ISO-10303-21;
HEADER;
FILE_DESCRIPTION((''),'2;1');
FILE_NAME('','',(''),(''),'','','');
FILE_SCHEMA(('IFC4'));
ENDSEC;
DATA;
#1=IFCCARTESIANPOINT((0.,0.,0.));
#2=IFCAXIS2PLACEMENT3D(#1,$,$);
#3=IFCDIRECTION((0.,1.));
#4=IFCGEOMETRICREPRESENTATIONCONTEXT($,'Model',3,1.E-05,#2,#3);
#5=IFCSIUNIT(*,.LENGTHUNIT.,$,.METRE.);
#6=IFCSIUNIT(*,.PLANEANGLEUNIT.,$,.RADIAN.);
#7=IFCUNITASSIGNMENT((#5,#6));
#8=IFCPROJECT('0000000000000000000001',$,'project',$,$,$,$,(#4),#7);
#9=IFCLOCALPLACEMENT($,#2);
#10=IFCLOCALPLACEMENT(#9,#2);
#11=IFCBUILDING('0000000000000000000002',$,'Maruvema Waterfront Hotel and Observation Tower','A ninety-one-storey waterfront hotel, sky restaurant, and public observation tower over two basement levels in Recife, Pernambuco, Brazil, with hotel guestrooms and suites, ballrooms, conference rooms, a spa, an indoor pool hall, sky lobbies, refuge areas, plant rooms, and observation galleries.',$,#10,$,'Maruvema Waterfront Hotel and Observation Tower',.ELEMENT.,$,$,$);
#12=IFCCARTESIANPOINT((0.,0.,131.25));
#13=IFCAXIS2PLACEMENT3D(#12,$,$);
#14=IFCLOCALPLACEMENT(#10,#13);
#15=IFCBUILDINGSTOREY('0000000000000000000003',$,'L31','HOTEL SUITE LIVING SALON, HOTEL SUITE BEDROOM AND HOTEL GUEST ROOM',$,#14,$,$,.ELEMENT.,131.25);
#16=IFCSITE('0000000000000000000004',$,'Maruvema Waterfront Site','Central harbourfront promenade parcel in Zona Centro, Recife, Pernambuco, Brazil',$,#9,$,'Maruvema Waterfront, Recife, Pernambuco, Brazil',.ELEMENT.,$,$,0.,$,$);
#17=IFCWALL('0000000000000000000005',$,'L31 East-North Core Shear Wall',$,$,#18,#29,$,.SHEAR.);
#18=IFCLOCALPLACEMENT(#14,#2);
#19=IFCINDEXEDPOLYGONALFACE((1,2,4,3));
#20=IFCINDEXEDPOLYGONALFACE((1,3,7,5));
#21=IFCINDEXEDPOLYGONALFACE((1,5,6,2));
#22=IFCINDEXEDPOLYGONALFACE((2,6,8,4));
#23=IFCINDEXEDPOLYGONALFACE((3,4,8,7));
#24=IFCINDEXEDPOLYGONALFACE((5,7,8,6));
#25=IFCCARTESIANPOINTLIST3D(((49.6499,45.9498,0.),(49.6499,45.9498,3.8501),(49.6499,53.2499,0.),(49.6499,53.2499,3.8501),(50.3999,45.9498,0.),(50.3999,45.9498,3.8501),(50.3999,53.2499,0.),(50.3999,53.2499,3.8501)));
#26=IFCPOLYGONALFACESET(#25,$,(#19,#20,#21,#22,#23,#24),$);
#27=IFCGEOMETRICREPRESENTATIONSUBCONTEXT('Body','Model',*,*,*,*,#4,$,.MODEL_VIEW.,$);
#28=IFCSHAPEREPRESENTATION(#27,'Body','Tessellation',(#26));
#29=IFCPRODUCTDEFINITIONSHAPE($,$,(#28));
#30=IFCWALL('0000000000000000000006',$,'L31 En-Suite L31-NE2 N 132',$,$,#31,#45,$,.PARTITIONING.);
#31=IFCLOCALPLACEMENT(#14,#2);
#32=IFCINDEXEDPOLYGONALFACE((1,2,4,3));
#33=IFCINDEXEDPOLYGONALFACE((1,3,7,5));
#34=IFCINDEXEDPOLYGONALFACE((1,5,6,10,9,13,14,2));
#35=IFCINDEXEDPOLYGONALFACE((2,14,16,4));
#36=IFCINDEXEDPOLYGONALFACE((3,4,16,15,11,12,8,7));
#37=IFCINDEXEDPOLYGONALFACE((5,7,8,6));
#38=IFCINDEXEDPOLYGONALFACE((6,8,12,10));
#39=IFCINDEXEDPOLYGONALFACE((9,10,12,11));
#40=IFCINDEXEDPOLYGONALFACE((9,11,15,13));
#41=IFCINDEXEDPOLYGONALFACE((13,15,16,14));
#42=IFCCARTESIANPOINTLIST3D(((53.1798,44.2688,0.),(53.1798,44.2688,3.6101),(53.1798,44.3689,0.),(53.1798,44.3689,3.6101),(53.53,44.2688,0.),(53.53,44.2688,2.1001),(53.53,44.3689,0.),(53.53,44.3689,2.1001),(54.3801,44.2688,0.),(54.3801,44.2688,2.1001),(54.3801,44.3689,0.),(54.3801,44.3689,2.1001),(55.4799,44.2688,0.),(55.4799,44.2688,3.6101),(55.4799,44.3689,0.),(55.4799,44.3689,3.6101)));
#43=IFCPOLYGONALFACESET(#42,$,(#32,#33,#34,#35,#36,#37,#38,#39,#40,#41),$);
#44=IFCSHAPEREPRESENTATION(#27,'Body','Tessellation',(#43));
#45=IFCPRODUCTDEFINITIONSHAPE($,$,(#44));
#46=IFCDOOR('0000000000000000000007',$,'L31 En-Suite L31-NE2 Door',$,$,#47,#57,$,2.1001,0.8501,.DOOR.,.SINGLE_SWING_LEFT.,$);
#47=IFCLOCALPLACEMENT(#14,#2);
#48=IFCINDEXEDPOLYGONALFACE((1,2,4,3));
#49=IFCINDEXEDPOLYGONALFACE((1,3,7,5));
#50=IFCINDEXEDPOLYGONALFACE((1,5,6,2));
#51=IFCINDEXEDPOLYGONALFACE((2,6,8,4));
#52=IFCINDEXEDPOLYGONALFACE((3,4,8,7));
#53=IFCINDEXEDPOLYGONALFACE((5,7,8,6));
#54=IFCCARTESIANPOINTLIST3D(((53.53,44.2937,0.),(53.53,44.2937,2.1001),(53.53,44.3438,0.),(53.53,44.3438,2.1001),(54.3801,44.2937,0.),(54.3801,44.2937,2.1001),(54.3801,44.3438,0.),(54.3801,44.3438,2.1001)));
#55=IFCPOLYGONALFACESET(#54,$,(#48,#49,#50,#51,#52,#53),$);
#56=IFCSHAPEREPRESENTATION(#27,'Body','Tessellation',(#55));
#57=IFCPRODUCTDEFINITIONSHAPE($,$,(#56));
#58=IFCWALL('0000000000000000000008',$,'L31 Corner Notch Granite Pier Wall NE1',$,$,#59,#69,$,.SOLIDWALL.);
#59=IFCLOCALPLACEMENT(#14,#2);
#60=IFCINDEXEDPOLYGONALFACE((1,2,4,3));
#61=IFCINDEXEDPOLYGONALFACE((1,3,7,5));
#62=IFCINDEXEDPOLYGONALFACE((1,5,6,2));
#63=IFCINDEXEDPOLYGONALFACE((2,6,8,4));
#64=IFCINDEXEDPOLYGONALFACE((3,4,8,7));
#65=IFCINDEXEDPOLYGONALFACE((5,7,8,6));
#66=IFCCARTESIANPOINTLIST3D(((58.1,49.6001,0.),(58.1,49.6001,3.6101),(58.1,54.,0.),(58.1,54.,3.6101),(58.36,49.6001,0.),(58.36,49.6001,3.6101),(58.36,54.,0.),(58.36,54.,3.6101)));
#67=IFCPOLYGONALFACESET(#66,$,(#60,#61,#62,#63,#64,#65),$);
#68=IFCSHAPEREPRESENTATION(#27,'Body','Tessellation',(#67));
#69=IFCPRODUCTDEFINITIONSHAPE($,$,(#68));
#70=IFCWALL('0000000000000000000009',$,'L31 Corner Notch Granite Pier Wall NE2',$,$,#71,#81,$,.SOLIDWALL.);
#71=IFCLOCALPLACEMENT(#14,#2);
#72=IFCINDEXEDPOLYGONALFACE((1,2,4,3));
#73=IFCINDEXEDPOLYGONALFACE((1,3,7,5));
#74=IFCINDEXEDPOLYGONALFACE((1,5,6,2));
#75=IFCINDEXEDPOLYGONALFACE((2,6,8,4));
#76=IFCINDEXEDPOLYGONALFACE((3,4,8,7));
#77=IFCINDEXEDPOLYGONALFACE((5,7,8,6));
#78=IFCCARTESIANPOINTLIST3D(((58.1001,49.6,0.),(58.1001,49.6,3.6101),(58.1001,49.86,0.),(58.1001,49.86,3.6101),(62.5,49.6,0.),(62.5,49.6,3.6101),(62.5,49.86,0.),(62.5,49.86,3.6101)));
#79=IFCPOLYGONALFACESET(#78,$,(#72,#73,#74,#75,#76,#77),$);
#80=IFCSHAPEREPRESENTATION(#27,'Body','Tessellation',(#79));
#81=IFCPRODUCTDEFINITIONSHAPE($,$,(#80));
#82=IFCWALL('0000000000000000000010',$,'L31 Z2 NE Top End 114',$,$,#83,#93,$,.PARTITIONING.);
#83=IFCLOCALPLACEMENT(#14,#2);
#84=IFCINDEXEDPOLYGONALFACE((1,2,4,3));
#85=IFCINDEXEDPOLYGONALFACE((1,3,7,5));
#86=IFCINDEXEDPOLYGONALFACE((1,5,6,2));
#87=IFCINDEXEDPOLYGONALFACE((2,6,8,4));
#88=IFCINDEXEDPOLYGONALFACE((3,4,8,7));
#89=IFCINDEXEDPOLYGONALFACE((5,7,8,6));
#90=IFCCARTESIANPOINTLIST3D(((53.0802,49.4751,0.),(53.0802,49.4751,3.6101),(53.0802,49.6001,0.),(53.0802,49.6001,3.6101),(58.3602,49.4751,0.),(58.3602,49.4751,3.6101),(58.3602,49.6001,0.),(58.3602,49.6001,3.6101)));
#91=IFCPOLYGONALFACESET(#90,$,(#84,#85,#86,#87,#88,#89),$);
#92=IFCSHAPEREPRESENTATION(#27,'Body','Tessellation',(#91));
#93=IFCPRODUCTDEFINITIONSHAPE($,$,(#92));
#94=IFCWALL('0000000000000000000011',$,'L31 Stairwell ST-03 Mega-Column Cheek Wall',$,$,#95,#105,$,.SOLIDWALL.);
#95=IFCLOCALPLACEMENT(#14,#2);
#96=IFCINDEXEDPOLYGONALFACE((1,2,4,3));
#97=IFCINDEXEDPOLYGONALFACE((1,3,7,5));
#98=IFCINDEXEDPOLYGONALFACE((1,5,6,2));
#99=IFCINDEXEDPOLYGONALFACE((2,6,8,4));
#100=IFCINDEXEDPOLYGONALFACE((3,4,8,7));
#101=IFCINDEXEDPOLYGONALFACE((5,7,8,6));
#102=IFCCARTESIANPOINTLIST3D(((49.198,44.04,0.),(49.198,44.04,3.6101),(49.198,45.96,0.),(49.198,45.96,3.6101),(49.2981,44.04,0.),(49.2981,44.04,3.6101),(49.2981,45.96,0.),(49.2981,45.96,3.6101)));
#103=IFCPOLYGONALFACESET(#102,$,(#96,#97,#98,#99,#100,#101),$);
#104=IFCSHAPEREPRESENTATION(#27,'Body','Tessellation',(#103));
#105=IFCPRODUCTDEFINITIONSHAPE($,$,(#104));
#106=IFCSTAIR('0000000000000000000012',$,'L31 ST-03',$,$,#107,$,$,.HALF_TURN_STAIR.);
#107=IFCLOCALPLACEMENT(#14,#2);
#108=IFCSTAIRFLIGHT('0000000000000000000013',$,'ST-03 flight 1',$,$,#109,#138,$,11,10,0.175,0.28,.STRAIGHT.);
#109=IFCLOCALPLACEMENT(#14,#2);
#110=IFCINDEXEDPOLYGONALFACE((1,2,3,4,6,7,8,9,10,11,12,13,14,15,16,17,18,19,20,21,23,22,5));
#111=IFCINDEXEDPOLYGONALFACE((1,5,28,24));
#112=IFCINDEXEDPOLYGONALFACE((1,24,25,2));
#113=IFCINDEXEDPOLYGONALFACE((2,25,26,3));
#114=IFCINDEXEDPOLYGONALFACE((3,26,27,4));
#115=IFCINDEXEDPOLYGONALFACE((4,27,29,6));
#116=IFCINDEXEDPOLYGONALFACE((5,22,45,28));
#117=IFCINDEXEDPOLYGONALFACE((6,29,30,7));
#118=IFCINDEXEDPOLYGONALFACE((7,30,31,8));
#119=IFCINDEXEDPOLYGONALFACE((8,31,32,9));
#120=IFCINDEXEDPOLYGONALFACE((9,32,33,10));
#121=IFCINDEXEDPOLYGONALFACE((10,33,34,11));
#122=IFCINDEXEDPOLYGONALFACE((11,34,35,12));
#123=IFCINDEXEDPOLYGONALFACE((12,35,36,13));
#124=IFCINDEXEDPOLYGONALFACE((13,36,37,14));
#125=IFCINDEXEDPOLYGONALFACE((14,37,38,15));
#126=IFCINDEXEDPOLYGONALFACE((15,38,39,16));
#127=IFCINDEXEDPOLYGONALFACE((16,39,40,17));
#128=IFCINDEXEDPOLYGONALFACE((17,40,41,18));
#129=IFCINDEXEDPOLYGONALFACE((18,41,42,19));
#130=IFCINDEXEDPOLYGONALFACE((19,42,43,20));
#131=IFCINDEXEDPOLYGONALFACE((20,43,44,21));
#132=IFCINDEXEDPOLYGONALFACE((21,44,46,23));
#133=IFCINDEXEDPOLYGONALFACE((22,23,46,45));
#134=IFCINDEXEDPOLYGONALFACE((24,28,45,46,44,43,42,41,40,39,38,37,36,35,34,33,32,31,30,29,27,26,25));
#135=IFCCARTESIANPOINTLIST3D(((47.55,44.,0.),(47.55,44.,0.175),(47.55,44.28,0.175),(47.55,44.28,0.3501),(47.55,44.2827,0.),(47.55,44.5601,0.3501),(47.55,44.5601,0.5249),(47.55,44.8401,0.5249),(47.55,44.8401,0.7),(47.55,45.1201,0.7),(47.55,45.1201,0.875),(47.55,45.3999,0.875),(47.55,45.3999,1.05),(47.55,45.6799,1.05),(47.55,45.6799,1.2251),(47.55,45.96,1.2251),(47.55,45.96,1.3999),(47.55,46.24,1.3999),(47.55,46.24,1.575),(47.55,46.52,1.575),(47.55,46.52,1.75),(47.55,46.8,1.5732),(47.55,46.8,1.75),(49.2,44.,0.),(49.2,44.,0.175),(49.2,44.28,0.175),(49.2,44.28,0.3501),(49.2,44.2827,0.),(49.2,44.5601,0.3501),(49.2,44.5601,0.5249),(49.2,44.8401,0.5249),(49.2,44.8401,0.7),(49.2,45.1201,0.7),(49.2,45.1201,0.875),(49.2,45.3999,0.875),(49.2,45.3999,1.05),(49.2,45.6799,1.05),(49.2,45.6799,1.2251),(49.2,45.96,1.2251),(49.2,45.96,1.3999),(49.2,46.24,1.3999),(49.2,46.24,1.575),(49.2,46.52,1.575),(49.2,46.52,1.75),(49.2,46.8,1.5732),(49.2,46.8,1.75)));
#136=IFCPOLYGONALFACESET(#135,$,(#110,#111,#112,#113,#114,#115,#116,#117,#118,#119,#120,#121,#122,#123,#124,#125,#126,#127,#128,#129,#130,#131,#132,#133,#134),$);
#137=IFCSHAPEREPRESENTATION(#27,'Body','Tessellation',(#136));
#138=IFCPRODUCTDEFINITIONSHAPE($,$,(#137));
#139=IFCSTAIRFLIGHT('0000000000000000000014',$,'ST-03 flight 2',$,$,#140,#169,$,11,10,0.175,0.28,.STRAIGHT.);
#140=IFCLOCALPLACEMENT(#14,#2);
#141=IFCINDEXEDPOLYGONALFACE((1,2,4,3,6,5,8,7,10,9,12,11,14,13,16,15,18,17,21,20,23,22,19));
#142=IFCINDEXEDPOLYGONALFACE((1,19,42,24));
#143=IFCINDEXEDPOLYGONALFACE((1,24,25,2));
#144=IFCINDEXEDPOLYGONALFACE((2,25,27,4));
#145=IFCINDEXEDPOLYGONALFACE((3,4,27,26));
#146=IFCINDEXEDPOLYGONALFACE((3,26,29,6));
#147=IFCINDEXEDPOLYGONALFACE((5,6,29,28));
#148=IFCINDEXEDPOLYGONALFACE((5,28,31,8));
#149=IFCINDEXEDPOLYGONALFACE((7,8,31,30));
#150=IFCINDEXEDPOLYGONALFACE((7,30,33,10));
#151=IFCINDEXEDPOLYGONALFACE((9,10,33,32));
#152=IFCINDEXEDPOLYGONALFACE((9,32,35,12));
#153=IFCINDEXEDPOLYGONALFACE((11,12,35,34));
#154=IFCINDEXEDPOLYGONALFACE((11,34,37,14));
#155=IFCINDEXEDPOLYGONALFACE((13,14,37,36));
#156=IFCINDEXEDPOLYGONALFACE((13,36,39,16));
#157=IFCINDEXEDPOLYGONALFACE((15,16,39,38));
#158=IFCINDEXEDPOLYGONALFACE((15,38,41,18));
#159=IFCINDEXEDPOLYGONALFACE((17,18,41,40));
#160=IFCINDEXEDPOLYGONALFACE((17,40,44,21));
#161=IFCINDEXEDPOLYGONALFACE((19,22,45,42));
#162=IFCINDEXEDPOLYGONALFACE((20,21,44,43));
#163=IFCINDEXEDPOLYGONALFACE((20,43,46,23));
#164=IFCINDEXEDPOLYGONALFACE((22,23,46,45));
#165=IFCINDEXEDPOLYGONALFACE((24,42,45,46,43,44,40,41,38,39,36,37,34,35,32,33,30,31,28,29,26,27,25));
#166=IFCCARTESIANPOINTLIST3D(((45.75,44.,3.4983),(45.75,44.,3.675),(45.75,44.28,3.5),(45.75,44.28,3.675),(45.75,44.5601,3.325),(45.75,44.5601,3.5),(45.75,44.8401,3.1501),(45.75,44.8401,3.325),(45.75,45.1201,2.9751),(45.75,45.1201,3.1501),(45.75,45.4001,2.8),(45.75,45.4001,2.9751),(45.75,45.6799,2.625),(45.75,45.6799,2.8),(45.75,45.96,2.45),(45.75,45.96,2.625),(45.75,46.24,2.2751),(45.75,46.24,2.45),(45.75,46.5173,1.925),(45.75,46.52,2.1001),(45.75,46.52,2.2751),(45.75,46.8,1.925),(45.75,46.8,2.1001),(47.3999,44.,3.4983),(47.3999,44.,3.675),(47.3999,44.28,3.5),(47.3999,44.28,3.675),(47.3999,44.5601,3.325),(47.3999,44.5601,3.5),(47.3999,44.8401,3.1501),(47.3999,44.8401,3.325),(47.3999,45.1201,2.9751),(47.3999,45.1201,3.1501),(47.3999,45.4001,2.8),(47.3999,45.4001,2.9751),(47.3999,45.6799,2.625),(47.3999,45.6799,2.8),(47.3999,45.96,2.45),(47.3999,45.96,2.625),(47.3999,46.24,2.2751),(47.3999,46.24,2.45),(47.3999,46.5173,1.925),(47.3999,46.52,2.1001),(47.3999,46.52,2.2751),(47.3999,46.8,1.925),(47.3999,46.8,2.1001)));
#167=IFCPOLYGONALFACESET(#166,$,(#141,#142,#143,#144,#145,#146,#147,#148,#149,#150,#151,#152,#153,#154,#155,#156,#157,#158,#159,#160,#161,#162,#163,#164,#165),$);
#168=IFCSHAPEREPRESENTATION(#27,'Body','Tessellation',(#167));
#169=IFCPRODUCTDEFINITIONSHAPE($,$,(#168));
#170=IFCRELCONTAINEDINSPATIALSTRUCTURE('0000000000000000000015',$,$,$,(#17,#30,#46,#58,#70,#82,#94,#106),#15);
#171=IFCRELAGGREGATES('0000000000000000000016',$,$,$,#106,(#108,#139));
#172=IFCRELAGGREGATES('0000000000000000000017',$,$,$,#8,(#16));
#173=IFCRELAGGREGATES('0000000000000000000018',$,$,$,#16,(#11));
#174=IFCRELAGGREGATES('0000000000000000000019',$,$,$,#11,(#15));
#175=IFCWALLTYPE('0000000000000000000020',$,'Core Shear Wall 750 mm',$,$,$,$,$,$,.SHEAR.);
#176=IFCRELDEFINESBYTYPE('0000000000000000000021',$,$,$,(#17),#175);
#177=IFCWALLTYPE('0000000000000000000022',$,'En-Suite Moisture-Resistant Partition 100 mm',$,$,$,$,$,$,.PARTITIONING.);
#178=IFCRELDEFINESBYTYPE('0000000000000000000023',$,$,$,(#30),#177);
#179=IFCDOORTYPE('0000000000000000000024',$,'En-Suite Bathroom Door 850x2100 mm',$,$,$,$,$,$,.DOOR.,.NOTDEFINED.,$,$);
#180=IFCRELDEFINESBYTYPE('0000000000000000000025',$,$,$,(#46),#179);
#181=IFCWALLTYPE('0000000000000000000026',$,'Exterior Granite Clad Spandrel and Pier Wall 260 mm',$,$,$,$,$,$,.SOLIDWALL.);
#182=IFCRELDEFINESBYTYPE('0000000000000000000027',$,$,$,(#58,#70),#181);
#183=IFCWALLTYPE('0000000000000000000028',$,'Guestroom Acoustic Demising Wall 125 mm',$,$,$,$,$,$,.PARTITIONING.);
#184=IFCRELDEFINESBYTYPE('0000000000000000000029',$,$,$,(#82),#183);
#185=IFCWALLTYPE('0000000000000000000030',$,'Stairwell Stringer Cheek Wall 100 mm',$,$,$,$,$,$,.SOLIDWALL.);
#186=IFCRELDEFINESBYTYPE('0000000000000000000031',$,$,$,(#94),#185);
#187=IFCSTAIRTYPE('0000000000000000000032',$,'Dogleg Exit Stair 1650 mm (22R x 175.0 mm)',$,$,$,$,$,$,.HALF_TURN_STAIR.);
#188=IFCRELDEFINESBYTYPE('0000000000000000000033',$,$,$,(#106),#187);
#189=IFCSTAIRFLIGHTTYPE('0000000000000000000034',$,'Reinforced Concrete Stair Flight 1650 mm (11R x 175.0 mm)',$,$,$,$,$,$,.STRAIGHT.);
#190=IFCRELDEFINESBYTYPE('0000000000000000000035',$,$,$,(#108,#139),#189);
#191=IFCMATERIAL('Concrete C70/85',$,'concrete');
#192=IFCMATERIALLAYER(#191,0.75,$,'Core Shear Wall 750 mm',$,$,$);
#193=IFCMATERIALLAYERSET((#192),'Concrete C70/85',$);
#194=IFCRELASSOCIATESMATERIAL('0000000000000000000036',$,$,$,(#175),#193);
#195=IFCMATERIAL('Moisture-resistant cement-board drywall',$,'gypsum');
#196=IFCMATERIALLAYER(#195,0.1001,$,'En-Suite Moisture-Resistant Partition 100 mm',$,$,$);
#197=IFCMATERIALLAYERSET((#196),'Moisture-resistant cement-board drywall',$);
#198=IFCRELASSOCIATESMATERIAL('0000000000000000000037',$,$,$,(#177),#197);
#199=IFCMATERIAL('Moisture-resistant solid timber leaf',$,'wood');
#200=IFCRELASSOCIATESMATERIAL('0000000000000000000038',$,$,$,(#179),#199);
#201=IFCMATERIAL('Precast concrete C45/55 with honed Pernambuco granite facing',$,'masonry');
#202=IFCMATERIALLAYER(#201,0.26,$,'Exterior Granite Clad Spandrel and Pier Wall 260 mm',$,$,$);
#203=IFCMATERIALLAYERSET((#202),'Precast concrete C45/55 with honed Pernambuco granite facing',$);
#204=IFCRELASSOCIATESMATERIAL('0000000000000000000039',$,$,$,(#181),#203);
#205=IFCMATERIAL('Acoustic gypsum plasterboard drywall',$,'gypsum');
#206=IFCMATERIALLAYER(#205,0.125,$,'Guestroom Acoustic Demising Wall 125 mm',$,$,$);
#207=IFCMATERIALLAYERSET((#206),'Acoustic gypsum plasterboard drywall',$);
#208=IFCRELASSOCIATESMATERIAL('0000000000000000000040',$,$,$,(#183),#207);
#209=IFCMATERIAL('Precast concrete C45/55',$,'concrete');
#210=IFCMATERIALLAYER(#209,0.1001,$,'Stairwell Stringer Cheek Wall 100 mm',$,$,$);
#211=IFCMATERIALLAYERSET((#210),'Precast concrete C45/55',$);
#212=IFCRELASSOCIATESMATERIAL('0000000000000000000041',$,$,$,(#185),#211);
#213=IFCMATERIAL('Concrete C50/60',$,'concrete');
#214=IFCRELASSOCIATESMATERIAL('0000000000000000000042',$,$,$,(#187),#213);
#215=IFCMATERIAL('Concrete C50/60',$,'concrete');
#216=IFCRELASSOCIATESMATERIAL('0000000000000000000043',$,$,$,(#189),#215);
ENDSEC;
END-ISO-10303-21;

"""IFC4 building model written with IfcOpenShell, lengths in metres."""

from ifc_helpers import new_model, si_unit, direction, frame, frame_2d, origin, place, context, subcontext, project, spatial, polyline, rectangle, outline, extrude, material, layer, layer_set, type_object, element, fill, aggregate, save


model = new_model("IFC4")

# Units and contexts
model_context = context("Model", 3, precision=1e-05, world=origin(), true_north=direction((0.0, 1.0)))
body_context = subcontext(model_context, "Body", "Model", "MODEL_VIEW")
ifc_project = project(units=[si_unit("LENGTHUNIT", "METRE"), si_unit("PLANEANGLEUNIT", "RADIAN")], contexts=[model_context])

# Site, building, storey
site_placement = place(None, origin())
site = spatial("IfcSite", under=ifc_project, at=site_placement, Name="Maruvema Waterfront Site", Description="Central harbourfront promenade parcel in Zona Centro, Recife, Pernambuco, Brazil", LongName="Maruvema Waterfront, Recife, Pernambuco, Brazil", CompositionType="ELEMENT", RefElevation=0.0)
building_placement = place(site_placement, origin())
building = spatial("IfcBuilding", under=site, at=building_placement, Name="Maruvema Waterfront Hotel and Observation Tower", Description="A ninety-one-storey waterfront hotel, sky restaurant, and public observation tower over two basement levels in Recife, Pernambuco, Brazil, with hotel guestrooms and suites, ballrooms, conference rooms, a spa, an indoor pool hall, sky lobbies, refuge areas, plant rooms, and observation galleries.", LongName="Maruvema Waterfront Hotel and Observation Tower", CompositionType="ELEMENT")
storey_placement = place(building_placement, frame((0.0, 0.0, 131.25)))
storey = spatial("IfcBuildingStorey", under=building, at=storey_placement, Name="L31", Description="HOTEL SUITE LIVING SALON, HOTEL SUITE BEDROOM AND HOTEL GUEST ROOM", CompositionType="ELEMENT", Elevation=131.25)

# Wall
ifc_material_1 = material(Name="Concrete C70/85", Category="concrete")
ifc_layer_1 = layer(ifc_material_1, 0.75, Name="Core Shear Wall 750 mm")
ifc_layer_set_1 = layer_set([ifc_layer_1], Name="Concrete C70/85")
wall_type_1 = type_object("IfcWallType", Name="Core Shear Wall 750 mm", PredefinedType="SHEAR", material=ifc_layer_set_1)
wall_1_placement = place(storey_placement, frame((50.0249, 45.95, 0.0), z_axis=(0.0, 0.0, 1.0), x_axis=(0.0, 1.0, 0.0)))
element("IfcWall", 1, at=wall_1_placement, inside=storey, type_object=wall_type_1, Name="L31 East-North Core Shear Wall", PredefinedType="SHEAR", context=body_context, shape_type="SweptSolid", body=[
    extrude(rectangle(XDim=7.3, YDim=0.75, at=frame_2d((3.6499, 0.0))), origin(), (0.0, 0.0, 1.0), 3.8501),
])

# Wall, opening, door
ifc_material_2 = material(Name="Moisture-resistant cement-board drywall", Category="gypsum")
ifc_layer_2 = layer(ifc_material_2, 0.1001, Name="En-Suite Moisture-Resistant Partition 100 mm")
ifc_layer_set_2 = layer_set([ifc_layer_2], Name="Moisture-resistant cement-board drywall")
wall_type_2 = type_object("IfcWallType", Name="En-Suite Moisture-Resistant Partition 100 mm", PredefinedType="PARTITIONING", material=ifc_layer_set_2)
wall_2_placement = place(storey_placement, frame((53.1799, 44.3188, 0.0), z_axis=(0.0, 0.0, 1.0), x_axis=(1.0, 0.0, 0.0)))
wall_2 = element("IfcWall", 2, at=wall_2_placement, inside=storey, type_object=wall_type_2, Name="L31 En-Suite L31-NE2 N 132", PredefinedType="PARTITIONING", context=body_context, shape_type="SweptSolid", body=[
    extrude(rectangle(XDim=2.3, YDim=0.1001, at=frame_2d((1.1499, 0.0))), origin(), (0.0, 0.0, 1.0), 3.6101),
])
opening_1_placement = place(wall_2_placement, frame((0.3501, 0.0, 0.0)))
opening_1 = element("IfcOpeningElement", 3, at=opening_1_placement, cuts=wall_2, PredefinedType="OPENING", context=body_context, shape_type="SweptSolid", body=[
    extrude(rectangle(XDim=0.8501, YDim=2.1001, at=frame_2d((0.425, 1.05))), frame((0.0, 0.0601, 0.0), z_axis=(0.0, -1.0, 0.0), x_axis=(1.0, 0.0, 0.0)), (0.0, 0.0, 1.0), 0.1201),
])
ifc_material_3 = material(Name="Moisture-resistant solid timber leaf", Category="wood")
door_type_1 = type_object("IfcDoorType", Name="En-Suite Bathroom Door 850x2100 mm", OperationType="NOTDEFINED", PredefinedType="DOOR", material=ifc_material_3)
door_1_placement = place(opening_1_placement, origin())
door_1 = element("IfcDoor", 4, at=door_1_placement, inside=storey, type_object=door_type_1, Name="L31 En-Suite L31-NE2 Door", OperationType="SINGLE_SWING_LEFT", OverallHeight=2.1001, OverallWidth=0.8501, PredefinedType="DOOR", context=body_context, shape_type="SweptSolid", body=[
    extrude(rectangle(XDim=0.8501, YDim=2.1001, at=frame_2d((0.425, 1.05))), frame((0.0, 0.0249, 0.0), z_axis=(0.0, -1.0, 0.0), x_axis=(1.0, 0.0, 0.0)), (0.0, 0.0, 1.0), 0.05),
])
fill(opening_1, door_1)

# Walls
ifc_material_4 = material(Name="Precast concrete C45/55 with honed Pernambuco granite facing", Category="masonry")
ifc_layer_3 = layer(ifc_material_4, 0.26, Name="Exterior Granite Clad Spandrel and Pier Wall 260 mm")
ifc_layer_set_3 = layer_set([ifc_layer_3], Name="Precast concrete C45/55 with honed Pernambuco granite facing")
wall_type_3 = type_object("IfcWallType", Name="Exterior Granite Clad Spandrel and Pier Wall 260 mm", PredefinedType="SOLIDWALL", material=ifc_layer_set_3)
for number, where, z_axis, x_axis, name in (
    (5, (58.23, 54.0, 0.0), (0.0, 0.0, 1.0), (0.0, -1.0, 0.0), "L31 Corner Notch Granite Pier Wall NE1"),
    (6, (58.1001, 49.73, 0.0), (0.0, 0.0, 1.0), (1.0, 0.0, 0.0), "L31 Corner Notch Granite Pier Wall NE2"),
):
    element("IfcWall", number, at=place(storey_placement, frame(where, z_axis=z_axis, x_axis=x_axis)), inside=storey, type_object=wall_type_3, Name=name, PredefinedType="SOLIDWALL", context=body_context, shape_type="SweptSolid", body=[
        extrude(rectangle(XDim=4.3999, YDim=0.26, at=frame_2d((2.2, 0.0))), origin(), (0.0, 0.0, 1.0), 3.6101),
    ])
ifc_material_5 = material(Name="Acoustic gypsum plasterboard drywall", Category="gypsum")
ifc_layer_4 = layer(ifc_material_5, 0.125, Name="Guestroom Acoustic Demising Wall 125 mm")
ifc_layer_set_4 = layer_set([ifc_layer_4], Name="Acoustic gypsum plasterboard drywall")
wall_type_4 = type_object("IfcWallType", Name="Guestroom Acoustic Demising Wall 125 mm", PredefinedType="PARTITIONING", material=ifc_layer_set_4)
wall_3_placement = place(storey_placement, frame((53.0801, 49.5376, 0.0), z_axis=(0.0, 0.0, 1.0), x_axis=(1.0, 0.0, 0.0)))
element("IfcWall", 7, at=wall_3_placement, inside=storey, type_object=wall_type_4, Name="L31 Z2 NE Top End 114", PredefinedType="PARTITIONING", context=body_context, shape_type="SweptSolid", body=[
    extrude(rectangle(XDim=5.28, YDim=0.125, at=frame_2d((2.6401, 0.0))), origin(), (0.0, 0.0, 1.0), 3.6101),
])
ifc_material_6 = material(Name="Precast concrete C45/55", Category="concrete")
ifc_layer_5 = layer(ifc_material_6, 0.1001, Name="Stairwell Stringer Cheek Wall 100 mm")
ifc_layer_set_5 = layer_set([ifc_layer_5], Name="Precast concrete C45/55")
wall_type_5 = type_object("IfcWallType", Name="Stairwell Stringer Cheek Wall 100 mm", PredefinedType="SOLIDWALL", material=ifc_layer_set_5)
wall_4_placement = place(storey_placement, frame((49.248, 44.04, 0.0), z_axis=(0.0, 0.0, 1.0), x_axis=(0.0, 1.0, 0.0)))
element("IfcWall", 8, at=wall_4_placement, inside=storey, type_object=wall_type_5, Name="L31 Stairwell ST-03 Mega-Column Cheek Wall", PredefinedType="SOLIDWALL", context=body_context, shape_type="SweptSolid", body=[
    extrude(rectangle(XDim=1.9199, YDim=0.1001, at=frame_2d((0.96, 0.0))), origin(), (0.0, 0.0, 1.0), 3.6101),
])

# Stair, stair flights
ifc_material_7 = material(Name="Concrete C50/60", Category="concrete")
stair_type = type_object("IfcStairType", Name="Dogleg Exit Stair 1650 mm (22R x 175.0 mm)", PredefinedType="HALF_TURN_STAIR", material=ifc_material_7)
stair_placement = place(storey_placement, origin())
stair = element("IfcStair", 9, at=stair_placement, inside=storey, type_object=stair_type, Name="L31 ST-03", PredefinedType="HALF_TURN_STAIR")
ifc_material_8 = material(Name="Concrete C50/60", Category="concrete")
stair_flight_type = type_object("IfcStairFlightType", Name="Reinforced Concrete Stair Flight 1650 mm (11R x 175.0 mm)", PredefinedType="STRAIGHT", material=ifc_material_8)
stair_flight_1_placement = place(storey_placement, frame((48.375, 44.0, 0.0), z_axis=(0.0, 0.0, 1.0), x_axis=(0.0, 1.0, 0.0)))
stair_flight_1 = element("IfcStairFlight", 10, at=stair_flight_1_placement, type_object=stair_flight_type, Name="ST-03 flight 1", NumberOfRisers=11, NumberOfTreads=10, PredefinedType="STRAIGHT", RiserHeight=0.175, TreadLength=0.28, context=body_context, shape_type="SweptSolid", body=[
    extrude(outline(polyline([(0.0, 0.0), (0.0, 0.175), (0.28, 0.175), (0.28, 0.3501), (0.5601, 0.3501), (0.5601, 0.5249), (0.8401, 0.5249), (0.8401, 0.7), (1.1201, 0.7), (1.1201, 0.875), (1.3999, 0.875), (1.3999, 1.05), (1.6799, 1.05), (1.6799, 1.2251), (1.96, 1.2251), (1.96, 1.3999), (2.24, 1.3999), (2.24, 1.575), (2.52, 1.575), (2.52, 1.75), (2.8, 1.75), (2.8, 1.925), (2.8, 1.5732), (0.2827, 0.0), (0.0, 0.0)])), frame((0.0, 0.825, 0.0), z_axis=(0.0, -1.0, 0.0), x_axis=(1.0, 0.0, 0.0)), (0.0, 0.0, 1.0), 1.6499),
])
stair_flight_2_placement = place(storey_placement, frame((46.575, 46.8, 1.925), z_axis=(0.0, 0.0, 1.0), x_axis=(0.0, -1.0, 0.0)))
stair_flight_2 = element("IfcStairFlight", 11, at=stair_flight_2_placement, type_object=stair_flight_type, Name="ST-03 flight 2", NumberOfRisers=11, NumberOfTreads=10, PredefinedType="STRAIGHT", RiserHeight=0.175, TreadLength=0.28, context=body_context, shape_type="SweptSolid", body=[
    extrude(outline(polyline([(0.0, 0.0), (0.0, 0.175), (0.28, 0.175), (0.28, 0.3501), (0.5601, 0.3501), (0.5601, 0.5249), (0.8401, 0.5249), (0.8401, 0.7), (1.1201, 0.7), (1.1201, 0.875), (1.3999, 0.875), (1.3999, 1.05), (1.6799, 1.05), (1.6799, 1.2251), (1.96, 1.2251), (1.96, 1.3999), (2.24, 1.3999), (2.24, 1.575), (2.52, 1.575), (2.52, 1.75), (2.8, 1.75), (2.8, 1.925), (2.8, 1.5732), (0.2827, 0.0), (0.0, 0.0)])), frame((0.0, 0.825, 0.0), z_axis=(0.0, -1.0, 0.0), x_axis=(1.0, 0.0, 0.0)), (0.0, 0.0, 1.0), 1.6499),
])
aggregate(stair, [stair_flight_1, stair_flight_2])

save(model, "model.ifc")
